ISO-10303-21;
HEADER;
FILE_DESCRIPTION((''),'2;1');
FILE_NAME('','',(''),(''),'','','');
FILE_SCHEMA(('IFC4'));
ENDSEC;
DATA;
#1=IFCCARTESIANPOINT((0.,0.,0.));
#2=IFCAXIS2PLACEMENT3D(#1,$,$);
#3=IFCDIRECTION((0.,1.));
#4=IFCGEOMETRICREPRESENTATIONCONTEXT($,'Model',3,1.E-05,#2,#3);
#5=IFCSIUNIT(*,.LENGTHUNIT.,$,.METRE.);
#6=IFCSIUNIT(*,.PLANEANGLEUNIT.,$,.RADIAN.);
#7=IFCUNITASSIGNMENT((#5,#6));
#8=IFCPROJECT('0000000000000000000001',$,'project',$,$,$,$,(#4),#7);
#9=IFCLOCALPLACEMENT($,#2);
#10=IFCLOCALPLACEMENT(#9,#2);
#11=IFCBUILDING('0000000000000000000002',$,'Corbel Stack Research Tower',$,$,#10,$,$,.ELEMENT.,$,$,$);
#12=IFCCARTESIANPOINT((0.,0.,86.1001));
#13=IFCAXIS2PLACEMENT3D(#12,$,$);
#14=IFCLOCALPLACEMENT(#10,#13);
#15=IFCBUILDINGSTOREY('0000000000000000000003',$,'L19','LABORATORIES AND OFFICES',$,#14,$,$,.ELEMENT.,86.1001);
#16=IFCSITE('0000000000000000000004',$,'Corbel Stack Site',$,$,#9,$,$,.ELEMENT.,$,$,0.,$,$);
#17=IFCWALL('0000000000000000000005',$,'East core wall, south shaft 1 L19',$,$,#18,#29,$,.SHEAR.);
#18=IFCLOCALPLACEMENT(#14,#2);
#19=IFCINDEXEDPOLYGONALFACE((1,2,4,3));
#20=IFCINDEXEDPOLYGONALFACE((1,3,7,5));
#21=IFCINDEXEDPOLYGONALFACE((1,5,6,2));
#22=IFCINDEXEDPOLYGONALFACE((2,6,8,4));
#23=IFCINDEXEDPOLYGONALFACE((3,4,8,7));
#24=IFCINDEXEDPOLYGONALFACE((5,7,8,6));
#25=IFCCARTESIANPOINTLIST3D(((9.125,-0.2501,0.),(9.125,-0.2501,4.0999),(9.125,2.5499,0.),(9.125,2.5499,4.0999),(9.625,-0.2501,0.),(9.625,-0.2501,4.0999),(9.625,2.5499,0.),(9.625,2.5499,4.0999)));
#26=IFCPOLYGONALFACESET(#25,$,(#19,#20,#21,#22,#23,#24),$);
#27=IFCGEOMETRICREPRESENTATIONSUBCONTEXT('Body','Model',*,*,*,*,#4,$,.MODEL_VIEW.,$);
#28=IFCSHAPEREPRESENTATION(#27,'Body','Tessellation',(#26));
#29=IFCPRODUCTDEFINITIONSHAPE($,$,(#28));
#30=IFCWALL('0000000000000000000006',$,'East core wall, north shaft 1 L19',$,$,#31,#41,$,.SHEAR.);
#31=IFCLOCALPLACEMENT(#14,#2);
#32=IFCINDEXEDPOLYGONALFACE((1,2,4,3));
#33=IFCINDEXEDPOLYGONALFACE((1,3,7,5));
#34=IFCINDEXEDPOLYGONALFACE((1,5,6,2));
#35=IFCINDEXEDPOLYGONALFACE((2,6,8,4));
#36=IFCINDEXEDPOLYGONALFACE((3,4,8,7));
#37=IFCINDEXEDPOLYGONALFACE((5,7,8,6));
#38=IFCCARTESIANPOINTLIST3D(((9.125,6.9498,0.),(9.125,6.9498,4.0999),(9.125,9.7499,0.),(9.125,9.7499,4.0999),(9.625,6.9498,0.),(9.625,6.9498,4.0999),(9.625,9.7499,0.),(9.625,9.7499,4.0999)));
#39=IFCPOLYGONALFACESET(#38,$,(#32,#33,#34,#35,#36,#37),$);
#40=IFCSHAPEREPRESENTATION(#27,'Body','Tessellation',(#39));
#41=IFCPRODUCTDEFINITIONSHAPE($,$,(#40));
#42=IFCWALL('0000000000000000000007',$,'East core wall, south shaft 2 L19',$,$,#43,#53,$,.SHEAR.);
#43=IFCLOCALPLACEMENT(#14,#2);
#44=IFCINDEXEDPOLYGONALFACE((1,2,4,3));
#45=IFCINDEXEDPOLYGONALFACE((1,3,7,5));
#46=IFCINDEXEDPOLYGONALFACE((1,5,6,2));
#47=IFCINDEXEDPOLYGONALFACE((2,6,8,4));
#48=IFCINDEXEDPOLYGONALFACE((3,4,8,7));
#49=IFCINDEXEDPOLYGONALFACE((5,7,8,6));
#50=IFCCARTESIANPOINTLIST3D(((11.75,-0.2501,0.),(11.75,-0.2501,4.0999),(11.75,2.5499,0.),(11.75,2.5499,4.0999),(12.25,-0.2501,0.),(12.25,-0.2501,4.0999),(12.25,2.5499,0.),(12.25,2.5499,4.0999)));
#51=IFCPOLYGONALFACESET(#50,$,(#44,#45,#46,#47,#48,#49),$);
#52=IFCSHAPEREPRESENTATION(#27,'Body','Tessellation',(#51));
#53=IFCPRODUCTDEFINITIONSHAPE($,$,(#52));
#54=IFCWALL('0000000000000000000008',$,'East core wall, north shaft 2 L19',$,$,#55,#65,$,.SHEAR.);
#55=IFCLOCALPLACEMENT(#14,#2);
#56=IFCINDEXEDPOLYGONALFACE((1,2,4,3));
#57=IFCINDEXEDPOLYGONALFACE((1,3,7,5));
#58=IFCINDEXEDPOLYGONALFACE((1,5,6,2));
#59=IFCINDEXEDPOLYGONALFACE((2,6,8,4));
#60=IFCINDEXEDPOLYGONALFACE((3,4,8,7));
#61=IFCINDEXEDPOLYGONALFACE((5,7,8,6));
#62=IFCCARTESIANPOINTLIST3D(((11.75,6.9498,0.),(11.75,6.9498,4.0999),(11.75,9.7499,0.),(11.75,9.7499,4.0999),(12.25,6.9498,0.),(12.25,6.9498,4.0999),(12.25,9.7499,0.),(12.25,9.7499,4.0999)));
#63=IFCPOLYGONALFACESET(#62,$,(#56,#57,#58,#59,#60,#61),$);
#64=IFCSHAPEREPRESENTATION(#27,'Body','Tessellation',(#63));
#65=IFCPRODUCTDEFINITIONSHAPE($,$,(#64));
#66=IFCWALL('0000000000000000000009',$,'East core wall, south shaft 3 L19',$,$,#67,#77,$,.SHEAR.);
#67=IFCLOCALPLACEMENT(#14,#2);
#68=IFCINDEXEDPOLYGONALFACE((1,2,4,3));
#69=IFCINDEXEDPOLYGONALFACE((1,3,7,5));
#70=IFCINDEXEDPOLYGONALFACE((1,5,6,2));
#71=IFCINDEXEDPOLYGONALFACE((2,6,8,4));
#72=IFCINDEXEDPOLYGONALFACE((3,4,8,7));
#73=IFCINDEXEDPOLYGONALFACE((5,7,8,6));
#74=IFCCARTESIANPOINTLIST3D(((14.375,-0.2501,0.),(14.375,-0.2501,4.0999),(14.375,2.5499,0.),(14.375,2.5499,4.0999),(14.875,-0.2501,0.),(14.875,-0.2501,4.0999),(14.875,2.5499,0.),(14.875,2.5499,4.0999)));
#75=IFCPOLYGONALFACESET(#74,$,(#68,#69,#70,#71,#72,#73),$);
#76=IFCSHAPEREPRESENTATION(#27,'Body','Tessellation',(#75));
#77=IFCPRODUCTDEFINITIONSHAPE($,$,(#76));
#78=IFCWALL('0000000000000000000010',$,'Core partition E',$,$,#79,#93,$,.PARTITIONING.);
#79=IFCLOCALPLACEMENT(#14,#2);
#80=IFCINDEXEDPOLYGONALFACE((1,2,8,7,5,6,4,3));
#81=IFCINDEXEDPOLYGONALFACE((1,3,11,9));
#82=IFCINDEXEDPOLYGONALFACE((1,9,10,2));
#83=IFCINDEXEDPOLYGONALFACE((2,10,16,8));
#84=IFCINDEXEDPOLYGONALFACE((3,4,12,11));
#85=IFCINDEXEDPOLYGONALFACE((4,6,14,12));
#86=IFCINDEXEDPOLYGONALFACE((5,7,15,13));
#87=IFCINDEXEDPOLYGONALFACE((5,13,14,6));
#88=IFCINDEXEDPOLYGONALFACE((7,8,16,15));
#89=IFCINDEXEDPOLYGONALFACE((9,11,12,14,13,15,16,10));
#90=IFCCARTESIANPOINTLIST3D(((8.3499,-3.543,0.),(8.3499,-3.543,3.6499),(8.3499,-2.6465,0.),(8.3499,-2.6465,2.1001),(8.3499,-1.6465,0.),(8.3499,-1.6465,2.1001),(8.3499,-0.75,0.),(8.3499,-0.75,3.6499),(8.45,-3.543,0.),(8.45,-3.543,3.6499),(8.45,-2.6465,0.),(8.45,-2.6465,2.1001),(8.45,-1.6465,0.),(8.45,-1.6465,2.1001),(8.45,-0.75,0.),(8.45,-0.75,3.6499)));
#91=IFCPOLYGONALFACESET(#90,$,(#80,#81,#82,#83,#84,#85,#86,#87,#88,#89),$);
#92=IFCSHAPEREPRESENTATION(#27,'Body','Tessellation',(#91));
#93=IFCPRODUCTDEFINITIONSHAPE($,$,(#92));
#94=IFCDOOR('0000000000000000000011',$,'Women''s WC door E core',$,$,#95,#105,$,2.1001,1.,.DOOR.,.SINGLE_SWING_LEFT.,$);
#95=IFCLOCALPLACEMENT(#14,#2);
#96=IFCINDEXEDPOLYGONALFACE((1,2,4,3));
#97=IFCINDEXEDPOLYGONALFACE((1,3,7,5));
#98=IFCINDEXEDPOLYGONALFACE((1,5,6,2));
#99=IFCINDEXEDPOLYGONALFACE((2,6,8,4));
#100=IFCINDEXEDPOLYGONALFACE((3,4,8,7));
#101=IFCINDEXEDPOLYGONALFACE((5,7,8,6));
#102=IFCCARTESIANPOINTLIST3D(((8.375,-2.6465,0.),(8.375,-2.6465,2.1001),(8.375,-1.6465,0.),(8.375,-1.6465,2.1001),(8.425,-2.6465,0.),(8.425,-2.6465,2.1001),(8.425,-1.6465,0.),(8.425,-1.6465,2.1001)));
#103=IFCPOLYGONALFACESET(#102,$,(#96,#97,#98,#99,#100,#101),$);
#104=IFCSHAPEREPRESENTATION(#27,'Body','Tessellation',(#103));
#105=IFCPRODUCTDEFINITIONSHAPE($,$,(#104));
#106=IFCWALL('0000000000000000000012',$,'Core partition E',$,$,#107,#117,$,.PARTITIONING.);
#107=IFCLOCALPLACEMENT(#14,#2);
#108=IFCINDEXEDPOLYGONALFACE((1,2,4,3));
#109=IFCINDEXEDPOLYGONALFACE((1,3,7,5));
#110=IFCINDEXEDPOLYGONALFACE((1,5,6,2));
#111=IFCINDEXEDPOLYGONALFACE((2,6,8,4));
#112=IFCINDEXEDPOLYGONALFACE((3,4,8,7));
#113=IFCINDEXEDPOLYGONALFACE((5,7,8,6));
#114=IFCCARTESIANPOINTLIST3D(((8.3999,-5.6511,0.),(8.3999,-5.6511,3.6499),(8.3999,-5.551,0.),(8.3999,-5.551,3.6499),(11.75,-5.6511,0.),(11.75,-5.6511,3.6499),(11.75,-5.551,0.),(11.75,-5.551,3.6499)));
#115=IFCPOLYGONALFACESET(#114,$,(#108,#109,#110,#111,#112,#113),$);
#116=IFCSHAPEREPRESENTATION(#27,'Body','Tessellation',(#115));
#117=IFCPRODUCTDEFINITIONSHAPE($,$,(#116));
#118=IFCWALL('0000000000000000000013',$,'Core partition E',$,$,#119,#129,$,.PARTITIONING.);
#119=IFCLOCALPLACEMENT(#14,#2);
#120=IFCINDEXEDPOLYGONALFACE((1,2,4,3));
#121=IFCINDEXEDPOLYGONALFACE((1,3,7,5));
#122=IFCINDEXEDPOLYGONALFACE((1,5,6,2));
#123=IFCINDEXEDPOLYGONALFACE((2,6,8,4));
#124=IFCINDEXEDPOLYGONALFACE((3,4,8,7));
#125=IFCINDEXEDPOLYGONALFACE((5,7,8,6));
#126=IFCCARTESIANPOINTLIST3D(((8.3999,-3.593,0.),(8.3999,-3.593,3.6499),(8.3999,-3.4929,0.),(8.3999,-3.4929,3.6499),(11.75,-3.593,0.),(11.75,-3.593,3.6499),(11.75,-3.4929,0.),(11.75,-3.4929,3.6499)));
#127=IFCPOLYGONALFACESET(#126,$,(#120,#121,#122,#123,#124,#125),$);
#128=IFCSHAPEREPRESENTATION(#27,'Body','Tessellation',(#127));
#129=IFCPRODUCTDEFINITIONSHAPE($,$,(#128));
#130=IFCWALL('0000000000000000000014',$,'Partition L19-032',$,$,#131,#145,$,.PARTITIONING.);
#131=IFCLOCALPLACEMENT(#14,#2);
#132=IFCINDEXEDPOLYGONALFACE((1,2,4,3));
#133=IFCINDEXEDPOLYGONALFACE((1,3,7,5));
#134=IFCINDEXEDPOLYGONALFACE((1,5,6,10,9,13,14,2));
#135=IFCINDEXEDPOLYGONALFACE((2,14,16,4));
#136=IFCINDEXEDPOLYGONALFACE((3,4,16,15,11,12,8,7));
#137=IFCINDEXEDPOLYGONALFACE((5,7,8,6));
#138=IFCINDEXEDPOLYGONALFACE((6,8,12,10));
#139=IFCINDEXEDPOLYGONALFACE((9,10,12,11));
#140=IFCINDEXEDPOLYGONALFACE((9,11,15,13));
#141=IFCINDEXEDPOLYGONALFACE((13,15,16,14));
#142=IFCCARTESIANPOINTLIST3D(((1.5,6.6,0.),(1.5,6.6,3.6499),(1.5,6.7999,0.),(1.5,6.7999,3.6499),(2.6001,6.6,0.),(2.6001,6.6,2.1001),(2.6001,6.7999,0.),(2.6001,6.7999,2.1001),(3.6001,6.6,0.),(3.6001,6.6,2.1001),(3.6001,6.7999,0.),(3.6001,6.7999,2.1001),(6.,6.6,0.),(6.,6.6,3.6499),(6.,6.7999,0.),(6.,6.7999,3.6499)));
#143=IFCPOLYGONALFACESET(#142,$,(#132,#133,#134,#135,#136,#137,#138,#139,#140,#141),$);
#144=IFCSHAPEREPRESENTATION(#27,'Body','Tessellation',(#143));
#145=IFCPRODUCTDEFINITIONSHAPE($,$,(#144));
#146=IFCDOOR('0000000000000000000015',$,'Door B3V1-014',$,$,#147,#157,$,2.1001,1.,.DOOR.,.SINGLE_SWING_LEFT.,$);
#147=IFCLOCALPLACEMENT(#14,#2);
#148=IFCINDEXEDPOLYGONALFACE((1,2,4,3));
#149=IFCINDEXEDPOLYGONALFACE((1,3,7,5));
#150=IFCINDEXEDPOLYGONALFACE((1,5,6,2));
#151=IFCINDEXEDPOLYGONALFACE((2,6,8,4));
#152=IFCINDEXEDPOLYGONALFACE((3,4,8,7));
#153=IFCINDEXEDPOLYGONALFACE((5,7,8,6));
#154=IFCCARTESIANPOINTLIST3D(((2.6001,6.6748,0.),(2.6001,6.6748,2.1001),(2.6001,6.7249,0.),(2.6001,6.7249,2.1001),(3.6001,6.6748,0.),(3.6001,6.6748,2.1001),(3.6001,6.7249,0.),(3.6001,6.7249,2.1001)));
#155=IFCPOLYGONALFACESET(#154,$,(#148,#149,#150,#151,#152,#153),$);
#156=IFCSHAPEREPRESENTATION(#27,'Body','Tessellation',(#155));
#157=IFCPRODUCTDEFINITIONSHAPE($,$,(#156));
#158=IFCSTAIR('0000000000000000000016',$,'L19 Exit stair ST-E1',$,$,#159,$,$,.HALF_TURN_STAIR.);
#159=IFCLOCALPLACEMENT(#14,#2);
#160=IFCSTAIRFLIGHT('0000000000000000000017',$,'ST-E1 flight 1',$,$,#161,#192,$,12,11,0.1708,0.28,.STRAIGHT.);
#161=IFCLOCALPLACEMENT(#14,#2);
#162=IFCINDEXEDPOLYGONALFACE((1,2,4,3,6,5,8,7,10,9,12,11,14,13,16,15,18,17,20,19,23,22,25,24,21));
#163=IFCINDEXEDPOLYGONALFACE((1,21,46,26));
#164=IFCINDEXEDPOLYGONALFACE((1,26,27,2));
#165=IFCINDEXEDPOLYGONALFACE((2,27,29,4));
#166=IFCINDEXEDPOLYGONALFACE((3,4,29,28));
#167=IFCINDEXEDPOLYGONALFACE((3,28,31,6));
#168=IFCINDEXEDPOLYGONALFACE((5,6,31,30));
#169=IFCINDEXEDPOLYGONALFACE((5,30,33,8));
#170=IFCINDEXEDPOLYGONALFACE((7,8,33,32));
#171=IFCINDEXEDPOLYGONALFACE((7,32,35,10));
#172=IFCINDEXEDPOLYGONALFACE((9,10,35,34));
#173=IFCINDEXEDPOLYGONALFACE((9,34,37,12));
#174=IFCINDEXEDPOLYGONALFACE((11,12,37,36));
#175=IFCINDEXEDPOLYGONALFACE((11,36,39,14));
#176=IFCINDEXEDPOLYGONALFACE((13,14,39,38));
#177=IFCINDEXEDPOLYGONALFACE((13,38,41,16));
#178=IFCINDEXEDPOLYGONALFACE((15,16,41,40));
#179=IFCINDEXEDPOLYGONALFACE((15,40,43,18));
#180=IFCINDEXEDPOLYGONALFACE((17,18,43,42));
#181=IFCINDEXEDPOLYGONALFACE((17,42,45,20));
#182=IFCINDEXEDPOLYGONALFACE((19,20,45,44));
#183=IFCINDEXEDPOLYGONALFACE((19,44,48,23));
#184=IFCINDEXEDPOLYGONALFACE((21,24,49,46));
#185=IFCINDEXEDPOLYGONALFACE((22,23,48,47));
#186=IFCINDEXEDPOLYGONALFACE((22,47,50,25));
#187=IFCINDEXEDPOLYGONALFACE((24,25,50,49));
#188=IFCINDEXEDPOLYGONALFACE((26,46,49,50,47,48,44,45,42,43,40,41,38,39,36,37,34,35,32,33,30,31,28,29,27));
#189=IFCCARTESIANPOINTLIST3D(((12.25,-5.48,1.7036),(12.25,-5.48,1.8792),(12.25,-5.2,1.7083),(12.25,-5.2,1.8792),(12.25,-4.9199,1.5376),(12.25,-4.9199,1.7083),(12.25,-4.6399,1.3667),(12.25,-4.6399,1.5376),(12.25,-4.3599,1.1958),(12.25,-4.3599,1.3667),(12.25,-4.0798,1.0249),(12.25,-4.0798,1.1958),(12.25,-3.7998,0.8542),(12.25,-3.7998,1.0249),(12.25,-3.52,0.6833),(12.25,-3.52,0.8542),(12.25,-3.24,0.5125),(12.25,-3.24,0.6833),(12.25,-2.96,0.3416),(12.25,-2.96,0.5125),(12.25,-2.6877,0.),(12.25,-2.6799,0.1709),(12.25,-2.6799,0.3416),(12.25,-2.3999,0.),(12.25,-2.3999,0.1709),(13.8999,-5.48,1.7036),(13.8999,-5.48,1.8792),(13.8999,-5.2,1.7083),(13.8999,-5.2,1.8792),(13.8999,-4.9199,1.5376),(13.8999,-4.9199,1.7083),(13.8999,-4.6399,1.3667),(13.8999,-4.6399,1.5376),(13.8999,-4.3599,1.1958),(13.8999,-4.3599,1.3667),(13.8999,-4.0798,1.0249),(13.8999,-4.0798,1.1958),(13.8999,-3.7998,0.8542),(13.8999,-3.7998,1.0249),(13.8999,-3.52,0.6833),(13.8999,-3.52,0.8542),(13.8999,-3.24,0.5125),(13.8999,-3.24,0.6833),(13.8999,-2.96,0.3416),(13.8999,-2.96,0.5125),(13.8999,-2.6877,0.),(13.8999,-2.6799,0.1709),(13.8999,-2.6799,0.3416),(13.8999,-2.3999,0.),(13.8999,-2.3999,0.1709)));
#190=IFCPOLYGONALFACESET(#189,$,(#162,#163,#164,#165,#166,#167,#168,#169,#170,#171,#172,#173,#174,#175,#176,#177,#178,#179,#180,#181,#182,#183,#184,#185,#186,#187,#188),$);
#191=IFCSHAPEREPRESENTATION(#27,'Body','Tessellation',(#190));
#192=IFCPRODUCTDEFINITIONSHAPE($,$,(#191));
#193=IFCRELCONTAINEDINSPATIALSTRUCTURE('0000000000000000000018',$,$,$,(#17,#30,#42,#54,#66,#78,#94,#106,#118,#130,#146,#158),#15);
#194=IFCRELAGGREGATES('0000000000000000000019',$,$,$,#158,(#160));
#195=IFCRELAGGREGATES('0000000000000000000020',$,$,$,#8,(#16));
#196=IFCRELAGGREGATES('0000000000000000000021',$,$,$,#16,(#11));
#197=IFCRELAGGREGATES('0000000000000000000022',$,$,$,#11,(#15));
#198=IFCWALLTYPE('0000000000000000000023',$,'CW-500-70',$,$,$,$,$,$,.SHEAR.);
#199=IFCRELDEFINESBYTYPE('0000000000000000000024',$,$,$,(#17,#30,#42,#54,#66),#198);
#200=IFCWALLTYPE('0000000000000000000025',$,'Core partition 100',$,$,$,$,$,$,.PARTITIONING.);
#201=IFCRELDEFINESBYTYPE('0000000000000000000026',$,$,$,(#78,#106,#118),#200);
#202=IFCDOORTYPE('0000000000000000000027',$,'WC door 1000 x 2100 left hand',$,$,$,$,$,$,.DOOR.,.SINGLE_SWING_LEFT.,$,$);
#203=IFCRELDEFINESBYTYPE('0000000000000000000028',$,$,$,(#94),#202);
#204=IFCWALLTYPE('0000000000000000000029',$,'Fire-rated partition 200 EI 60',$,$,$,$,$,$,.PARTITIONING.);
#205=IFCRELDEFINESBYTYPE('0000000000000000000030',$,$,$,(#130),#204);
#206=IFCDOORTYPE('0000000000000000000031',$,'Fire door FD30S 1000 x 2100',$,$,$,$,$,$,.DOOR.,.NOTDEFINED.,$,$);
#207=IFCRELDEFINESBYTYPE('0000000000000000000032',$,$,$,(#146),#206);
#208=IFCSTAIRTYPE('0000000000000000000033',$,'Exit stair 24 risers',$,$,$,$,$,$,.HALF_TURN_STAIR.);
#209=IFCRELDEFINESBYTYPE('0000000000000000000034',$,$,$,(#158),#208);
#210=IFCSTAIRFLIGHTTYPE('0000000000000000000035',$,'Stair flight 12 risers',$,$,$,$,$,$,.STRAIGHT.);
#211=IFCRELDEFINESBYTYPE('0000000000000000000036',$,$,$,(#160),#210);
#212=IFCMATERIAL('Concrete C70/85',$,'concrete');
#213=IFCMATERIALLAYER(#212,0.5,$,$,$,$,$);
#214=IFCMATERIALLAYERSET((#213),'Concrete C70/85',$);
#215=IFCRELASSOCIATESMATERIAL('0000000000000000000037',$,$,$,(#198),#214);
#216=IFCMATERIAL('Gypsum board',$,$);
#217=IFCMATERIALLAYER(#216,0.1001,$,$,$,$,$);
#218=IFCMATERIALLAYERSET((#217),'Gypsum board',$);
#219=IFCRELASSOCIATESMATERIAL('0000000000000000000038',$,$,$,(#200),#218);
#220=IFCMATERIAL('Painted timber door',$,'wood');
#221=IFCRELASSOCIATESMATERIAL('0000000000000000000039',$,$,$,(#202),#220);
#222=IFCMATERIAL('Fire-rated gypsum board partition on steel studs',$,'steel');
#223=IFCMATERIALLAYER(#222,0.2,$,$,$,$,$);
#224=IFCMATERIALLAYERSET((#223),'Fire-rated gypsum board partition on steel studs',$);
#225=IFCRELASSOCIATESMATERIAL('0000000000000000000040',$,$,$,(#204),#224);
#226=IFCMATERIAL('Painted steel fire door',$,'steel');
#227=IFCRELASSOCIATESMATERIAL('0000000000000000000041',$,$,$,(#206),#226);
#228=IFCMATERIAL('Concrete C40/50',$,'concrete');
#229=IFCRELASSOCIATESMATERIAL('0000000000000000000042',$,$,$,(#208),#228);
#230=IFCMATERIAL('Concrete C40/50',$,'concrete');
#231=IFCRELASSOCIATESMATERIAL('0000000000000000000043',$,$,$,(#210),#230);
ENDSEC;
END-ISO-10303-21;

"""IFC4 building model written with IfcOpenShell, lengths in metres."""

from ifc_helpers import new_model, si_unit, direction, frame, frame_2d, origin, place, context, subcontext, project, spatial, polyline, rectangle, outline, extrude, material, layer, layer_set, type_object, element, fill, aggregate, save


model = new_model("IFC4")

# Units and contexts
model_context = context("Model", 3, precision=1e-05, world=origin(), true_north=direction((0.0, 1.0)))
body_context = subcontext(model_context, "Body", "Model", "MODEL_VIEW")
ifc_project = project(units=[si_unit("LENGTHUNIT", "METRE"), si_unit("PLANEANGLEUNIT", "RADIAN")], contexts=[model_context])

# Site, building, storey
site_placement = place(None, origin())
site = spatial("IfcSite", under=ifc_project, at=site_placement, Name="Corbel Stack Site", CompositionType="ELEMENT", RefElevation=0.0)
building_placement = place(site_placement, origin())
building = spatial("IfcBuilding", under=site, at=building_placement, Name="Corbel Stack Research Tower", CompositionType="ELEMENT")
storey_placement = place(building_placement, frame((0.0, 0.0, 86.1001)))
storey = spatial("IfcBuildingStorey", under=building, at=storey_placement, Name="L19", Description="LABORATORIES AND OFFICES", CompositionType="ELEMENT", Elevation=86.1001)

# Shared definitions
ifc_material_1 = material(Name="Concrete C70/85", Category="concrete")
ifc_layer_1 = layer(ifc_material_1, 0.5)
ifc_layer_set_1 = layer_set([ifc_layer_1], Name="Concrete C70/85")
wall_type_1 = type_object("IfcWallType", Name="CW-500-70", PredefinedType="SHEAR", material=ifc_layer_set_1)

# Walls
for number, where, z_axis, x_axis, name in (
    (1, (9.375, -0.25, 0.0), (0.0, 0.0, 1.0), (0.0, 1.0, 0.0), "East core wall, south shaft 1 L19"),
    (2, (9.375, 6.95, 0.0), (0.0, 0.0, 1.0), (0.0, 1.0, 0.0), "East core wall, north shaft 1 L19"),
    (3, (12.0, -0.25, 0.0), (0.0, 0.0, 1.0), (0.0, 1.0, 0.0), "East core wall, south shaft 2 L19"),
    (4, (12.0, 6.95, 0.0), (0.0, 0.0, 1.0), (0.0, 1.0, 0.0), "East core wall, north shaft 2 L19"),
    (5, (14.625, -0.25, 0.0), (0.0, 0.0, 1.0), (0.0, 1.0, 0.0), "East core wall, south shaft 3 L19"),
):
    element("IfcWall", number, at=place(storey_placement, frame(where, z_axis=z_axis, x_axis=x_axis)), inside=storey, type_object=wall_type_1, Name=name, PredefinedType="SHEAR", context=body_context, shape_type="SweptSolid", body=[
        extrude(rectangle(XDim=2.8, YDim=0.5, at=frame_2d((1.3999, 0.0))), origin(), (0.0, 0.0, 1.0), 4.0999),
    ])

# Wall, opening, door
ifc_material_2 = material(Name="Gypsum board")
ifc_layer_2 = layer(ifc_material_2, 0.1001)
ifc_layer_set_2 = layer_set([ifc_layer_2], Name="Gypsum board")
wall_type_2 = type_object("IfcWallType", Name="Core partition 100", PredefinedType="PARTITIONING", material=ifc_layer_set_2)
wall_1_placement = place(storey_placement, frame((8.3999, -3.543, 0.0), z_axis=(0.0, 0.0, 1.0), x_axis=(0.0, 1.0, 0.0)))
wall_1 = element("IfcWall", 6, at=wall_1_placement, inside=storey, type_object=wall_type_2, Name="Core partition E", PredefinedType="PARTITIONING", context=body_context, shape_type="SweptSolid", body=[
    extrude(rectangle(XDim=2.793, YDim=0.1001, at=frame_2d((1.3965, 0.0))), origin(), (0.0, 0.0, 1.0), 3.6499),
])
opening_1_placement = place(wall_1_placement, frame((0.8965, 0.0, 0.0)))
opening_1 = element("IfcOpeningElement", 7, at=opening_1_placement, cuts=wall_1, PredefinedType="OPENING", context=body_context, shape_type="SweptSolid", body=[
    extrude(rectangle(XDim=1.0, YDim=2.1001, at=frame_2d((0.5, 1.05))), frame((0.0, 0.0601, 0.0), z_axis=(0.0, -1.0, 0.0), x_axis=(1.0, 0.0, 0.0)), (0.0, 0.0, 1.0), 0.1201),
])
ifc_material_3 = material(Name="Painted timber door", Category="wood")
door_type_1 = type_object("IfcDoorType", Name="WC door 1000 x 2100 left hand", OperationType="SINGLE_SWING_LEFT", PredefinedType="DOOR", material=ifc_material_3)
door_1_placement = place(opening_1_placement, origin())
door_1 = element("IfcDoor", 8, at=door_1_placement, inside=storey, type_object=door_type_1, Name="Women's WC door E core", OperationType="SINGLE_SWING_LEFT", OverallHeight=2.1001, OverallWidth=1.0, PredefinedType="DOOR", context=body_context, shape_type="SweptSolid", body=[
    extrude(rectangle(XDim=1.0, YDim=2.1001, at=frame_2d((0.5, 1.05))), frame((0.0, 0.0249, 0.0), z_axis=(0.0, -1.0, 0.0), x_axis=(1.0, 0.0, 0.0)), (0.0, 0.0, 1.0), 0.05),
])
fill(opening_1, door_1)

# Walls
for number, where, z_axis, x_axis, name in (
    (9, (8.3999, -5.6011, 0.0), (0.0, 0.0, 1.0), (1.0, 0.0, 0.0), "Core partition E"),
    (10, (8.3999, -3.543, 0.0), (0.0, 0.0, 1.0), (1.0, 0.0, 0.0), "Core partition E"),
):
    element("IfcWall", number, at=place(storey_placement, frame(where, z_axis=z_axis, x_axis=x_axis)), inside=storey, type_object=wall_type_2, Name=name, PredefinedType="PARTITIONING", context=body_context, shape_type="SweptSolid", body=[
        extrude(rectangle(XDim=3.3501, YDim=0.1001, at=frame_2d((1.675, 0.0))), origin(), (0.0, 0.0, 1.0), 3.6499),
    ])

# Wall, opening, door
ifc_material_4 = material(Name="Fire-rated gypsum board partition on steel studs", Category="steel")
ifc_layer_3 = layer(ifc_material_4, 0.2)
ifc_layer_set_3 = layer_set([ifc_layer_3], Name="Fire-rated gypsum board partition on steel studs")
wall_type_3 = type_object("IfcWallType", Name="Fire-rated partition 200 EI 60", PredefinedType="PARTITIONING", material=ifc_layer_set_3)
wall_2_placement = place(storey_placement, frame((1.5, 6.7, 0.0), z_axis=(0.0, 0.0, 1.0), x_axis=(1.0, 0.0, 0.0)))
wall_2 = element("IfcWall", 11, at=wall_2_placement, inside=storey, type_object=wall_type_3, Name="Partition L19-032", PredefinedType="PARTITIONING", context=body_context, shape_type="SweptSolid", body=[
    extrude(rectangle(XDim=4.5, YDim=0.2, at=frame_2d((2.25, 0.0))), origin(), (0.0, 0.0, 1.0), 3.6499),
])
opening_2_placement = place(wall_2_placement, frame((1.1001, 0.0, 0.0)))
opening_2 = element("IfcOpeningElement", 12, at=opening_2_placement, cuts=wall_2, PredefinedType="OPENING", context=body_context, shape_type="SweptSolid", body=[
    extrude(rectangle(XDim=1.0, YDim=2.1001, at=frame_2d((0.5, 1.05))), frame((0.0, 0.1099, 0.0), z_axis=(0.0, -1.0, 0.0), x_axis=(1.0, 0.0, 0.0)), (0.0, 0.0, 1.0), 0.22),
])
ifc_material_5 = material(Name="Painted steel fire door", Category="steel")
door_type_2 = type_object("IfcDoorType", Name="Fire door FD30S 1000 x 2100", OperationType="NOTDEFINED", PredefinedType="DOOR", material=ifc_material_5)
door_2_placement = place(opening_2_placement, origin())
door_2 = element("IfcDoor", 13, at=door_2_placement, inside=storey, type_object=door_type_2, Name="Door B3V1-014", OperationType="SINGLE_SWING_LEFT", OverallHeight=2.1001, OverallWidth=1.0, PredefinedType="DOOR", context=body_context, shape_type="SweptSolid", body=[
    extrude(rectangle(XDim=1.0, YDim=2.1001, at=frame_2d((0.5, 1.05))), frame((0.0, 0.0249, 0.0), z_axis=(0.0, -1.0, 0.0), x_axis=(1.0, 0.0, 0.0)), (0.0, 0.0, 1.0), 0.05),
])
fill(opening_2, door_2)

# Stair, stair flight
ifc_material_6 = material(Name="Concrete C40/50", Category="concrete")
stair_type = type_object("IfcStairType", Name="Exit stair 24 risers", PredefinedType="HALF_TURN_STAIR", material=ifc_material_6)
stair_placement = place(storey_placement, origin())
stair = element("IfcStair", 14, at=stair_placement, inside=storey, type_object=stair_type, Name="L19 Exit stair ST-E1", PredefinedType="HALF_TURN_STAIR")
ifc_material_7 = material(Name="Concrete C40/50", Category="concrete")
stair_flight_type = type_object("IfcStairFlightType", Name="Stair flight 12 risers", PredefinedType="STRAIGHT", material=ifc_material_7)
stair_flight_1_placement = place(storey_placement, frame((13.075, -2.3999, 0.0), z_axis=(0.0, 0.0, 1.0), x_axis=(0.0, -1.0, 0.0)))
stair_flight_1 = element("IfcStairFlight", 15, at=stair_flight_1_placement, type_object=stair_flight_type, Name="ST-E1 flight 1", NumberOfRisers=12, NumberOfTreads=11, PredefinedType="STRAIGHT", RiserHeight=0.1708, TreadLength=0.28, context=body_context, shape_type="SweptSolid", body=[
    extrude(outline(polyline([(0.0, 0.0), (0.0, 0.1709), (0.28, 0.1709), (0.28, 0.3416), (0.5601, 0.3416), (0.5601, 0.5125), (0.8401, 0.5125), (0.8401, 0.6833), (1.1201, 0.6833), (1.1201, 0.8542), (1.3999, 0.8542), (1.3999, 1.0249), (1.6799, 1.0249), (1.6799, 1.1958), (1.96, 1.1958), (1.96, 1.3667), (2.24, 1.3667), (2.24, 1.5376), (2.52, 1.5376), (2.52, 1.7083), (2.8, 1.7083), (2.8, 1.8792), (3.0801, 1.8792), (3.0801, 2.05), (3.0801, 1.7036), (0.2878, 0.0), (0.0, 0.0)])), frame((0.0, 0.825, 0.0), z_axis=(0.0, -1.0, 0.0), x_axis=(1.0, 0.0, 0.0)), (0.0, 0.0, 1.0), 1.6499),
])
aggregate(stair, [stair_flight_1])

save(model, "model.ifc")
